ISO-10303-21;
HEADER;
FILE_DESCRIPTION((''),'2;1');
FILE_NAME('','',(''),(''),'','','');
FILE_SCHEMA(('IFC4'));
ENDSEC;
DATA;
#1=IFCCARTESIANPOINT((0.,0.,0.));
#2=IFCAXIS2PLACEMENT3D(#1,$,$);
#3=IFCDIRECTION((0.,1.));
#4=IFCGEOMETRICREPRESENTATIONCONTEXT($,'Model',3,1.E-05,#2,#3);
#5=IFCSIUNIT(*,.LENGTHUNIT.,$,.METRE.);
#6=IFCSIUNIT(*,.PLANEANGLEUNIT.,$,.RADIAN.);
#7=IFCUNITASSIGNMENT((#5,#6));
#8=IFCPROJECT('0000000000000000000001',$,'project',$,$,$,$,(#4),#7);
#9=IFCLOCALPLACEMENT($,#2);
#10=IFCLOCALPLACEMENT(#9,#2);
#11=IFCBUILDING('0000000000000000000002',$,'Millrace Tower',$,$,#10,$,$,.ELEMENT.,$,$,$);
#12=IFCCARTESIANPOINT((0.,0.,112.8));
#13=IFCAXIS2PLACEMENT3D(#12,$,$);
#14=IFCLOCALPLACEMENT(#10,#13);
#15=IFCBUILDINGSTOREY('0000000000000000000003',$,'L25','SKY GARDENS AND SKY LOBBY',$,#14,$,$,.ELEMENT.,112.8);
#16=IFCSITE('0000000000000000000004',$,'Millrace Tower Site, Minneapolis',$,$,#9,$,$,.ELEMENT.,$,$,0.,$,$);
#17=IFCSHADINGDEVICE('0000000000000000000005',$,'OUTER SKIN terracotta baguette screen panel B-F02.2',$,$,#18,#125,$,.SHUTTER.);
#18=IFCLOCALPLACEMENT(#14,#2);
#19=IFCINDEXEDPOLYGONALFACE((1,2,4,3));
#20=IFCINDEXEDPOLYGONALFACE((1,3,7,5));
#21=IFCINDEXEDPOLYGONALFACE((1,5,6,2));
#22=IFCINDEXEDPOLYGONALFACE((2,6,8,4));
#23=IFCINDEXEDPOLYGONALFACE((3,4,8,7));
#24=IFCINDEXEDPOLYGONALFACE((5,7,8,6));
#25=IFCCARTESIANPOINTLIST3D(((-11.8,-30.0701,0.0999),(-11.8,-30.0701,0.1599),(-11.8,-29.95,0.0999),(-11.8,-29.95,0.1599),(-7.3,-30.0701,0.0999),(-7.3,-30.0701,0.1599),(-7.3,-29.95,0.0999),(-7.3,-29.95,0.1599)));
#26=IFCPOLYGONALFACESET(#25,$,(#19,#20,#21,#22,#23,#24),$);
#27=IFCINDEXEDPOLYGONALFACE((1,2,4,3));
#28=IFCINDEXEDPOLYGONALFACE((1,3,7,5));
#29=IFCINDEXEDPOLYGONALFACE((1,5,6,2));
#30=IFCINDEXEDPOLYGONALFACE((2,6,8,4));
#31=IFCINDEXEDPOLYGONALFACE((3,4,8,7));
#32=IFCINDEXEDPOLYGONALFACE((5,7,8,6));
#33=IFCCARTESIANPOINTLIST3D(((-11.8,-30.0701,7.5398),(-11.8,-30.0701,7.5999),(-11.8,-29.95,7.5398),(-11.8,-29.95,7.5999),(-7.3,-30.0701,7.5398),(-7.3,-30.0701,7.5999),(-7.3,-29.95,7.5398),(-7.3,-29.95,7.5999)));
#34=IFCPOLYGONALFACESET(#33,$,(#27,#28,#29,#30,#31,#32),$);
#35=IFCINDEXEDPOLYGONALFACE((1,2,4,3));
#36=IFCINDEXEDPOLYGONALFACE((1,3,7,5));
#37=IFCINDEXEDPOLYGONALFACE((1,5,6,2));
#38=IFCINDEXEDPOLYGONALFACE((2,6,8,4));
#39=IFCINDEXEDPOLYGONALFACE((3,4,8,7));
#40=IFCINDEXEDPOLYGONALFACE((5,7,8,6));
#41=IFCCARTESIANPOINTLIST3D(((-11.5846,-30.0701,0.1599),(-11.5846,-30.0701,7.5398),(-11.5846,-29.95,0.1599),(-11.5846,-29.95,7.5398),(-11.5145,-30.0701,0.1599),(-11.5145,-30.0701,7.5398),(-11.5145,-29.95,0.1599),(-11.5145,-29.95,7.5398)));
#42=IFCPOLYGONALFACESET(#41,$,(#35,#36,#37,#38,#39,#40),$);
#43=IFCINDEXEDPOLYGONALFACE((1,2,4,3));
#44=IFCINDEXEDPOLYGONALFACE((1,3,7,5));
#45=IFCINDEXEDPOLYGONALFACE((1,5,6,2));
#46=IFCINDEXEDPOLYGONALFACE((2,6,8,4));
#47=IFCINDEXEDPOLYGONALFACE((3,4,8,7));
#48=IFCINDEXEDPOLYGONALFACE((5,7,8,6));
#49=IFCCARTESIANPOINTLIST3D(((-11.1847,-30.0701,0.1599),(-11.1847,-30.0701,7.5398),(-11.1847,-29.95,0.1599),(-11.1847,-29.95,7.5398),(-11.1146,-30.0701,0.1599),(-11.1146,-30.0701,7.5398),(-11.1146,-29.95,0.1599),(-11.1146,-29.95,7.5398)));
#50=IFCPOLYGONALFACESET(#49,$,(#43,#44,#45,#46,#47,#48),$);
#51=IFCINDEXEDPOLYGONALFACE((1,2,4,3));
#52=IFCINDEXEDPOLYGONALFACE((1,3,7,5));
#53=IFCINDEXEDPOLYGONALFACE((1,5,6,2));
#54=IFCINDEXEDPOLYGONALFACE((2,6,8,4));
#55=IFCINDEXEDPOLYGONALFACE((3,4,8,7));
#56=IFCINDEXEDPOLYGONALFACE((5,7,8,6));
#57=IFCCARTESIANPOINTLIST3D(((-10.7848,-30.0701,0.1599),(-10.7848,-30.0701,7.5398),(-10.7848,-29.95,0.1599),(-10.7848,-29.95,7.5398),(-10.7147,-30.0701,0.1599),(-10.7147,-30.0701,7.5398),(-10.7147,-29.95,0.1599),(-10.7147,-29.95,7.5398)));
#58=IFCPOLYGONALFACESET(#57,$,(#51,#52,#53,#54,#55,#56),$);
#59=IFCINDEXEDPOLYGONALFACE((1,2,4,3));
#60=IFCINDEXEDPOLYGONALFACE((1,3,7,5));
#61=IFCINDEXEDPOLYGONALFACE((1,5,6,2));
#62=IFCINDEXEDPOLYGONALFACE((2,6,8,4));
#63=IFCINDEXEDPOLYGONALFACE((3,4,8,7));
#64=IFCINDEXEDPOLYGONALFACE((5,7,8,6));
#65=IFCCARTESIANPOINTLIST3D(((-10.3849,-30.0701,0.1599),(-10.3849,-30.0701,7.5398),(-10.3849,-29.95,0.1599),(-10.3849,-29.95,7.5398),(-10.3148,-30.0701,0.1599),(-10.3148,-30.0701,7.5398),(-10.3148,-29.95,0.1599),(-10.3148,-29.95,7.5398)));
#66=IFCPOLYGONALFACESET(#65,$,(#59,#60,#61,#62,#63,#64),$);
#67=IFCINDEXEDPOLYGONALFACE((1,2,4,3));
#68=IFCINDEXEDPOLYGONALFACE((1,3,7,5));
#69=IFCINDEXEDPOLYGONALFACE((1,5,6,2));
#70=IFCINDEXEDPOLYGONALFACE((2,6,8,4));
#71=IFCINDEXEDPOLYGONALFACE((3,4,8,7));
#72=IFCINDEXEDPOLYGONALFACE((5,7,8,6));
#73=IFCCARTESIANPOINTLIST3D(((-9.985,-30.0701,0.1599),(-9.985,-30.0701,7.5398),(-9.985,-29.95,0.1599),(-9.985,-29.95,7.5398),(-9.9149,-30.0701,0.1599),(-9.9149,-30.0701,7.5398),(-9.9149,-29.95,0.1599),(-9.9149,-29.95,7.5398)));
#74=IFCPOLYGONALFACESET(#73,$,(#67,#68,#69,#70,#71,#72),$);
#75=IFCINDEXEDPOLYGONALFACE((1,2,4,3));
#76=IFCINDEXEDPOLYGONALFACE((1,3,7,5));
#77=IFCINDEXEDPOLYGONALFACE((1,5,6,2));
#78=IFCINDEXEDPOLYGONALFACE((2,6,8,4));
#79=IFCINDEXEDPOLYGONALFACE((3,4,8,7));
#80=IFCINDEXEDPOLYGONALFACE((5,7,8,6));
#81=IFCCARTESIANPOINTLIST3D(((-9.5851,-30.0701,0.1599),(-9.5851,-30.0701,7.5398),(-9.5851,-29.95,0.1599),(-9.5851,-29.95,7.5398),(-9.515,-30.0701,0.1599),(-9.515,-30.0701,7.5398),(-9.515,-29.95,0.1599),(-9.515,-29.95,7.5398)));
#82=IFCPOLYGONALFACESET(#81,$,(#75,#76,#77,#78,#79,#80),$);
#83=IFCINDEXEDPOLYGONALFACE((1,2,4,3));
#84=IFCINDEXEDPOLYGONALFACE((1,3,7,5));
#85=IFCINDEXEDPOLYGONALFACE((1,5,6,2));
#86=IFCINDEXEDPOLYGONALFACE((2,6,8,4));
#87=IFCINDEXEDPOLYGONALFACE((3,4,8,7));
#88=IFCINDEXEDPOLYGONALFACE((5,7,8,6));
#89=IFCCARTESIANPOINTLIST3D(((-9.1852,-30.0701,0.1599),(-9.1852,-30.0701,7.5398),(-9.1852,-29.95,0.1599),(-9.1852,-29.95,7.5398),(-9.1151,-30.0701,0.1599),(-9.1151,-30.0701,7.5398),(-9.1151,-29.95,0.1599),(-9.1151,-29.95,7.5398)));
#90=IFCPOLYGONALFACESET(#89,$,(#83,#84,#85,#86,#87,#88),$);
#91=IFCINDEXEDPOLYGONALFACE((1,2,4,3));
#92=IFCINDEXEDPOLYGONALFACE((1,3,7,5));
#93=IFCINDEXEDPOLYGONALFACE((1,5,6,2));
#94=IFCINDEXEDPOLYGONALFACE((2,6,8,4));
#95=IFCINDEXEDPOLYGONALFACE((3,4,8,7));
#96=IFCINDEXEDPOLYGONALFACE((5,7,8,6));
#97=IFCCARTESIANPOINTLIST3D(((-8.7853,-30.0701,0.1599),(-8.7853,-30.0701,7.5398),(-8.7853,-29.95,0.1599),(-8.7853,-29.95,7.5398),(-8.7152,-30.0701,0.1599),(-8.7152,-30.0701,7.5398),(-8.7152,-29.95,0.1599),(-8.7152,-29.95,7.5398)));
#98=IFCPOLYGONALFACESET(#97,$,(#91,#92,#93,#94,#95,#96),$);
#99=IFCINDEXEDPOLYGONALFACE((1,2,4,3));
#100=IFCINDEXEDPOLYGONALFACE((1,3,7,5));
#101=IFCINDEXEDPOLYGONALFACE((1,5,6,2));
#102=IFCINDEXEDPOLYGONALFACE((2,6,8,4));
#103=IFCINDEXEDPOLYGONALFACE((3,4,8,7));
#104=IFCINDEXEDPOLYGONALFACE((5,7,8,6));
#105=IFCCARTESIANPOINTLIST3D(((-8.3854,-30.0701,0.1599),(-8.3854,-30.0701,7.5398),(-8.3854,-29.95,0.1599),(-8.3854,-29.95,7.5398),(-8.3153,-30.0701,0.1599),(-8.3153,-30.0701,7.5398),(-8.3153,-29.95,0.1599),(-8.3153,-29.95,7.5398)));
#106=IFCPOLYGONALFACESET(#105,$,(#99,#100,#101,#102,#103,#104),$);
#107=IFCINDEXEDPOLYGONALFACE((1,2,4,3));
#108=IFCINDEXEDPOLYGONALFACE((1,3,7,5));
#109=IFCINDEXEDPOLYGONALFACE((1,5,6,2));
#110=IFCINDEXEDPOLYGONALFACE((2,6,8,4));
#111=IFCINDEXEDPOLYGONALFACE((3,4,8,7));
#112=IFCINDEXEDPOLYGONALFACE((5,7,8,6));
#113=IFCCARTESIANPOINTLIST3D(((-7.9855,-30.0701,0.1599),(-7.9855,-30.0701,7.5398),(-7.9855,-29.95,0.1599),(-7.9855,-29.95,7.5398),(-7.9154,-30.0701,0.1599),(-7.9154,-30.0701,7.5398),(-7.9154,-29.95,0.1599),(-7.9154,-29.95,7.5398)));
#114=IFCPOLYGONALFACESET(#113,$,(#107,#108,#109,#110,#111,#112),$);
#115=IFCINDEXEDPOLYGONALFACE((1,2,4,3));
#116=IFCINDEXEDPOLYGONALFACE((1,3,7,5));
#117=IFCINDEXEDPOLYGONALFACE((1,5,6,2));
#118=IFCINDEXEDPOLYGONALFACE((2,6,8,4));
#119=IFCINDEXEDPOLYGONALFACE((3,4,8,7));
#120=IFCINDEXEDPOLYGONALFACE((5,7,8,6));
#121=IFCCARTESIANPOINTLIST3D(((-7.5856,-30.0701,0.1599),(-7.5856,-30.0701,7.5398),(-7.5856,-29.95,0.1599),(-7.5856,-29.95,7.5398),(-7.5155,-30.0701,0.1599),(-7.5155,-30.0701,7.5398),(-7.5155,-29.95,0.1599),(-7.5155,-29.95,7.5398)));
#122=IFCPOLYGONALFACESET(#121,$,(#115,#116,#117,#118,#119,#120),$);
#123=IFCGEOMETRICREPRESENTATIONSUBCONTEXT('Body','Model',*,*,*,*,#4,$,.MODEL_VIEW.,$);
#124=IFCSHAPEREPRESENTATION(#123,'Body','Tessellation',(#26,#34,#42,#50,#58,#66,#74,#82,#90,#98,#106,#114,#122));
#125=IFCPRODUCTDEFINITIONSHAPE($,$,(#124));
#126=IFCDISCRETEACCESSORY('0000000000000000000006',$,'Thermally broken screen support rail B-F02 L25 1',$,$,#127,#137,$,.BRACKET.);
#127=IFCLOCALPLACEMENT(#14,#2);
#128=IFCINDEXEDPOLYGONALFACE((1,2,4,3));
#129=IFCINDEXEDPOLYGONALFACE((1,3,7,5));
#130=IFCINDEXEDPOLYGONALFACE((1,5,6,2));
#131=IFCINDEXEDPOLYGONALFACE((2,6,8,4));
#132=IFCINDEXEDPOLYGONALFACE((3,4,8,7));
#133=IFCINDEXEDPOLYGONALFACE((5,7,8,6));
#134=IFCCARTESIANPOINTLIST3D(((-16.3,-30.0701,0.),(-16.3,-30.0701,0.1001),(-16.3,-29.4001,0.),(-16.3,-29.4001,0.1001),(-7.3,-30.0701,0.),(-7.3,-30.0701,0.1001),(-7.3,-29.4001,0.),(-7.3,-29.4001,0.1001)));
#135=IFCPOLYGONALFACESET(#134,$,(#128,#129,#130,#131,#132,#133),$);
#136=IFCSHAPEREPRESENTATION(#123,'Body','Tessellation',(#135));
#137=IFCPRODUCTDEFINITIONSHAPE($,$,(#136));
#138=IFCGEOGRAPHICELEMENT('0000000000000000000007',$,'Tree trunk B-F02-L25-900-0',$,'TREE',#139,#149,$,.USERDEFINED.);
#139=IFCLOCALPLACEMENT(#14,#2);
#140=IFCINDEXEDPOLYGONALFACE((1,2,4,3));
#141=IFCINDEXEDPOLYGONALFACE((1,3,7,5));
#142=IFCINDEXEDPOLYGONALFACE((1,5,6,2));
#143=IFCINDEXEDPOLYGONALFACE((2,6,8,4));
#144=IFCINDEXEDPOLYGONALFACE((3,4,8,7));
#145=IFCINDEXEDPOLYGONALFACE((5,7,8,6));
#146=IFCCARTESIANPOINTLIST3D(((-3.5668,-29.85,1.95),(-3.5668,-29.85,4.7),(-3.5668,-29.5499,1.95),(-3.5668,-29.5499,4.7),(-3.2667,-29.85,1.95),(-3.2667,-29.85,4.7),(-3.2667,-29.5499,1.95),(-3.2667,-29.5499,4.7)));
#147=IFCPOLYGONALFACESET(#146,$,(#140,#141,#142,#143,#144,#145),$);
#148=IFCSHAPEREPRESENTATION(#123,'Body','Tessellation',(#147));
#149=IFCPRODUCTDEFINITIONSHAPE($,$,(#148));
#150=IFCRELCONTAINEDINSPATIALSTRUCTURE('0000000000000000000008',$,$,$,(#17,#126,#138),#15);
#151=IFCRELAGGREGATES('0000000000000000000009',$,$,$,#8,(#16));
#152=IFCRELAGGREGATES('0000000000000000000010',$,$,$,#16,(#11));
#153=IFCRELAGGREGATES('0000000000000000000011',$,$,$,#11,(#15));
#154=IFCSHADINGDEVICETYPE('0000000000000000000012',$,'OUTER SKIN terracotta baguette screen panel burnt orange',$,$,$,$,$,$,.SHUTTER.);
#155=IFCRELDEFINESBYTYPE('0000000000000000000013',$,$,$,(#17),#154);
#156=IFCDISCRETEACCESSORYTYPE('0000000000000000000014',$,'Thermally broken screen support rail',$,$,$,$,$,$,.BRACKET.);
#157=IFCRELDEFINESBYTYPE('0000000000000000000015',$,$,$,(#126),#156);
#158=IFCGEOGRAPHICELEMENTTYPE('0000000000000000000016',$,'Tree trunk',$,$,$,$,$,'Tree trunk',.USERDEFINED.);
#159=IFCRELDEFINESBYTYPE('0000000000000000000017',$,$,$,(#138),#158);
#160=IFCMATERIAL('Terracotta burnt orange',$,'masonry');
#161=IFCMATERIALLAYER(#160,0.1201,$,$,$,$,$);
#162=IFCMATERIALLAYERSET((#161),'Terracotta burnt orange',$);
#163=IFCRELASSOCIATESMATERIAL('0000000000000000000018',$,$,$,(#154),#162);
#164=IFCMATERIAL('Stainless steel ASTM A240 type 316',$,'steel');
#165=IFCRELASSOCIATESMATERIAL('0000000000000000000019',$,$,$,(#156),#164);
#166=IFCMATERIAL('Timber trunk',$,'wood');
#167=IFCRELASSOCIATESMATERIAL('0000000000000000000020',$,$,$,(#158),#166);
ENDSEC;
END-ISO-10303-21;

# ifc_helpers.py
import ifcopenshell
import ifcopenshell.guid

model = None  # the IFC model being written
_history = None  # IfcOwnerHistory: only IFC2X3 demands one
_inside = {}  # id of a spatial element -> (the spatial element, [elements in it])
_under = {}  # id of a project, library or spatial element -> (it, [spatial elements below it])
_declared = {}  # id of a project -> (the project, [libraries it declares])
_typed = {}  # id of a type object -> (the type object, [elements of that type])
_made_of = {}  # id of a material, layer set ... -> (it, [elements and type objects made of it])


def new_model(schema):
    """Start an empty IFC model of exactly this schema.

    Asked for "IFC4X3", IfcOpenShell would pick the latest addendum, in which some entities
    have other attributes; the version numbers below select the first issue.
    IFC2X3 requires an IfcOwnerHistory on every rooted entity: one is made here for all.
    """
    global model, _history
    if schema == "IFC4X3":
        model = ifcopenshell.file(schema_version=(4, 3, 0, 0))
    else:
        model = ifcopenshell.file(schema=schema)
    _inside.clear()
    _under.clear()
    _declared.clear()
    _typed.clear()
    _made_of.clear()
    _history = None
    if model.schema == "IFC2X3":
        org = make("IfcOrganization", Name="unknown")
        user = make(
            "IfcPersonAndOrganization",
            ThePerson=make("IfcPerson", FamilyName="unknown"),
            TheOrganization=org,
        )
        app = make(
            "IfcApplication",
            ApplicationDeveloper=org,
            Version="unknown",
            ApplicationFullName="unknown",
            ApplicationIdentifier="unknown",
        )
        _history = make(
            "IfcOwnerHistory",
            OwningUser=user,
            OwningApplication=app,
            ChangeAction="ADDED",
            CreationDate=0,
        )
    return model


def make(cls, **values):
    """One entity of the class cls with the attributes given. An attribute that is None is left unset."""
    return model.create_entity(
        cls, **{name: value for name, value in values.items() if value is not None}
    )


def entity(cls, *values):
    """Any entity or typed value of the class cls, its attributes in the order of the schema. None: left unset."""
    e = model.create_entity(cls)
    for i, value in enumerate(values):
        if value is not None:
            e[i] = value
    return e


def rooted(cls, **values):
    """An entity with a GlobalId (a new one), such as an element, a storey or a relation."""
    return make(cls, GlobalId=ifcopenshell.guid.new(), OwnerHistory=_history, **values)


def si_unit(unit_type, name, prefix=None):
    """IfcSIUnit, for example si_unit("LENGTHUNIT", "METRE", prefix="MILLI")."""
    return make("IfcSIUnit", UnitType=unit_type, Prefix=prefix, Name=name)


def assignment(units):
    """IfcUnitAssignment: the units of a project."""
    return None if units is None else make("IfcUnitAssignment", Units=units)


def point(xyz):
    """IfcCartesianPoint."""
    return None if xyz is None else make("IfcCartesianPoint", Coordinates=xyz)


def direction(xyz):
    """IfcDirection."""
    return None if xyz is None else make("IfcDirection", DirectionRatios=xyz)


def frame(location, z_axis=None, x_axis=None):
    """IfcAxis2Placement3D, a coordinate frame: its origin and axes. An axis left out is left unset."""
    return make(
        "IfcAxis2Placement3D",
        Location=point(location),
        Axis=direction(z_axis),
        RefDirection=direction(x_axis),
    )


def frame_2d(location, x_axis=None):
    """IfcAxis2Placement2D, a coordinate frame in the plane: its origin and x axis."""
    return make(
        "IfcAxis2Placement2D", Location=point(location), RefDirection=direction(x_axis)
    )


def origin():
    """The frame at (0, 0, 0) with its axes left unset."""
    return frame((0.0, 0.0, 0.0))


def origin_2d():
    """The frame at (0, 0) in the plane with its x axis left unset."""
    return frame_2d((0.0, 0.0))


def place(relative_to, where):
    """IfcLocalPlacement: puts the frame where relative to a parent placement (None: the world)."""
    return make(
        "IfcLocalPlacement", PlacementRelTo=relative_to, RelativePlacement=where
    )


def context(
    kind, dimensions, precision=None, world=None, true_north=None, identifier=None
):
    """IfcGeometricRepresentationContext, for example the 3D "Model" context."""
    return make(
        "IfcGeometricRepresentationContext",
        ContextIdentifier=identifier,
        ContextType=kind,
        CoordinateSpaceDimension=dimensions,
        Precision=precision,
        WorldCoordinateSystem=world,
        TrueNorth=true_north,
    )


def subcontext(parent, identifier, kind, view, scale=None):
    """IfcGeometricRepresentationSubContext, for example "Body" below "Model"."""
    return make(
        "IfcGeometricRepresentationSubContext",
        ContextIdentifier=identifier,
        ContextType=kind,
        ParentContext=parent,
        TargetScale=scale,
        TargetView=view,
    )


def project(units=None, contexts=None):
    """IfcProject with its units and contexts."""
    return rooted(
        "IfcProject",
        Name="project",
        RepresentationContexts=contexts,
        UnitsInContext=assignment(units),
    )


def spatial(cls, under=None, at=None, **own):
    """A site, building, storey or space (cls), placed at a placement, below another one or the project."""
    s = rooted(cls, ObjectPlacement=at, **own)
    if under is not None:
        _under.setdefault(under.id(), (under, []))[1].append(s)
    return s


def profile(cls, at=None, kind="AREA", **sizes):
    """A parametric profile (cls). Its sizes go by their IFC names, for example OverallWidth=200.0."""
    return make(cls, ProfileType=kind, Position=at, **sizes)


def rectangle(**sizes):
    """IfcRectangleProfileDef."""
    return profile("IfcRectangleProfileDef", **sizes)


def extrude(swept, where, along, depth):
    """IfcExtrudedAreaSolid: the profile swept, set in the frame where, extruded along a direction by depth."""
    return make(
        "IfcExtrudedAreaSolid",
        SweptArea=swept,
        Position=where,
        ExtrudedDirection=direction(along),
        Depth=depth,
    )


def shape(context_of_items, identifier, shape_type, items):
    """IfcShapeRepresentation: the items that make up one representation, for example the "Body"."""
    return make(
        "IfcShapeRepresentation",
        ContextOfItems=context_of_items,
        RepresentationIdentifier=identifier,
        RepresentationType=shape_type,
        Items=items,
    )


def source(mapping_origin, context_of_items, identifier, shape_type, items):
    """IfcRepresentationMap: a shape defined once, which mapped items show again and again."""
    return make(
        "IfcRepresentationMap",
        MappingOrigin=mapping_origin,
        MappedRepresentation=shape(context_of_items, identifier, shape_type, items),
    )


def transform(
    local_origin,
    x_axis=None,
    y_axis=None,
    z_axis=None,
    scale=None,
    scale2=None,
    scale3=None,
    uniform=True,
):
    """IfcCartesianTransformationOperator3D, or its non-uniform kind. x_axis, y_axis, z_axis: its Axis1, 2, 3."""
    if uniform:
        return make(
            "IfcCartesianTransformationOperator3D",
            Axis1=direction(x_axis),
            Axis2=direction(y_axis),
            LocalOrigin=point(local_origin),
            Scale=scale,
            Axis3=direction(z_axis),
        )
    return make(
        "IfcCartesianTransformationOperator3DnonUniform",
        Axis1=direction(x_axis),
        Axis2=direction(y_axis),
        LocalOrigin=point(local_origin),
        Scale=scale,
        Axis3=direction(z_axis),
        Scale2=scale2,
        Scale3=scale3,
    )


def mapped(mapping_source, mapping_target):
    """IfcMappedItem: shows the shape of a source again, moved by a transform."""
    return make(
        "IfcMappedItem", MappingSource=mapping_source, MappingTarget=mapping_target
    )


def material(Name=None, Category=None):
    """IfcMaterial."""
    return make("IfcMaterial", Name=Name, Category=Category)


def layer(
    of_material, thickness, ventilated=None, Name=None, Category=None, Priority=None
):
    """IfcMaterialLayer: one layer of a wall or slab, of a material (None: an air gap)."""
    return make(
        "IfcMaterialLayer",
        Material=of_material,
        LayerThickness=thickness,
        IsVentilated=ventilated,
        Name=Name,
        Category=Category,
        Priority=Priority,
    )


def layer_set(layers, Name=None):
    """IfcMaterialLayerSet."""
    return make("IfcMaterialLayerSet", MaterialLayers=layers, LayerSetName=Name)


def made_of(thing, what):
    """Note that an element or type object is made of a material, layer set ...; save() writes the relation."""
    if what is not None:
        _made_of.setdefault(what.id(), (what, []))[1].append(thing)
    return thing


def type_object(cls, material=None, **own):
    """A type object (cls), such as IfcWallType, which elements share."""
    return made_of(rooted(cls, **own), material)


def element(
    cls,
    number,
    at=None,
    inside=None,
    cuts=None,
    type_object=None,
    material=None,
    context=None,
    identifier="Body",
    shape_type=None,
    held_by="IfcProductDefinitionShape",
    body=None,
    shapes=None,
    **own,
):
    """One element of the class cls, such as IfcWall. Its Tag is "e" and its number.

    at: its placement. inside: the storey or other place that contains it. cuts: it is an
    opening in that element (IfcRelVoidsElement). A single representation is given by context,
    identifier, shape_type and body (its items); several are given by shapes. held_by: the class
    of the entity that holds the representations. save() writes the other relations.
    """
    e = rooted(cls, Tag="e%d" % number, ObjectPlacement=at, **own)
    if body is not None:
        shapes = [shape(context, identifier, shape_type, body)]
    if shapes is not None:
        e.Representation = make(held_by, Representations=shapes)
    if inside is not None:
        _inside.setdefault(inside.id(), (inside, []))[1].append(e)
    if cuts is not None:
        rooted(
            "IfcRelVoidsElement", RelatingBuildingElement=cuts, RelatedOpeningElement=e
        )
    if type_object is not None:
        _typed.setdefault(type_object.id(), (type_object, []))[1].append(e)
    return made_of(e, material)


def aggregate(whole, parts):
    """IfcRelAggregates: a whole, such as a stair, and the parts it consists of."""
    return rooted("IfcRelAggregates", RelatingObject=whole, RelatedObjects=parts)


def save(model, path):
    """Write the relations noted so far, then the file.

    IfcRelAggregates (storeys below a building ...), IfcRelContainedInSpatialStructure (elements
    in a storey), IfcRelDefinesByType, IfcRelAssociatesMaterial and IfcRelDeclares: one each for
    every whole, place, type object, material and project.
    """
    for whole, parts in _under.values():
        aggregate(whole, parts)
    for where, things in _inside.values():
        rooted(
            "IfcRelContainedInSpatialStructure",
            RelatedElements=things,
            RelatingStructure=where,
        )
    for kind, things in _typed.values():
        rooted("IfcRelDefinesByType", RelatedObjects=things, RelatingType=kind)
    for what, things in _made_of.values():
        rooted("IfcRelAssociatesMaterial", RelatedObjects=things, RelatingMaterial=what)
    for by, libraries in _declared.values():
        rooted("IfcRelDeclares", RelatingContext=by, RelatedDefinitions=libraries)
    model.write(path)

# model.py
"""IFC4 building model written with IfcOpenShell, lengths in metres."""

from ifc_helpers import new_model, entity, si_unit, direction, frame, frame_2d, origin, origin_2d, place, context, subcontext, project, spatial, rectangle, extrude, source, transform, mapped, material, layer, layer_set, type_object, element, save


model = new_model("IFC4")

# Units and contexts
model_context = context("Model", 3, precision=1e-05, world=origin(), true_north=direction((0.0, 1.0)))
body_context = subcontext(model_context, "Body", "Model", "MODEL_VIEW")
ifc_project = project(units=[si_unit("LENGTHUNIT", "METRE"), si_unit("PLANEANGLEUNIT", "RADIAN")], contexts=[model_context])

# Site, building, storey
site_placement = place(None, origin())
site = spatial("IfcSite", under=ifc_project, at=site_placement, Name="Millrace Tower Site, Minneapolis", CompositionType="ELEMENT", RefElevation=0.0)
building_placement = place(site_placement, origin())
building = spatial("IfcBuilding", under=site, at=building_placement, Name="Millrace Tower", CompositionType="ELEMENT")
storey_placement = place(building_placement, frame((0.0, 0.0, 112.8)))
storey = spatial("IfcBuildingStorey", under=building, at=storey_placement, Name="L25", Description="SKY GARDENS AND SKY LOBBY", CompositionType="ELEMENT", Elevation=112.8)

# Shading device
ifc_material_1 = material(Name="Terracotta burnt orange", Category="masonry")
ifc_layer_1 = layer(ifc_material_1, 0.1201)
ifc_layer_set_1 = layer_set([ifc_layer_1], Name="Terracotta burnt orange")
shading_device_type = type_object("IfcShadingDeviceType", Name="OUTER SKIN terracotta baguette screen panel burnt orange", PredefinedType="SHUTTER", material=ifc_layer_set_1)
cartesian_point_1 = entity("IfcCartesianPoint", [-2.25, 0.0601])
shared_polyline_1 = entity("IfcPolyline", [cartesian_point_1, entity("IfcCartesianPoint", [2.25, 0.0601]), entity("IfcCartesianPoint", [2.25, -0.0601]), entity("IfcCartesianPoint", [-2.25, -0.0601]), cartesian_point_1])
shared_shape_1 = source(origin(), body_context, "Body", "SweptSolid", [
    entity("IfcExtrudedAreaSolid", entity("IfcArbitraryClosedProfileDef", "AREA", None, shared_polyline_1), entity("IfcAxis2Placement3D", entity("IfcCartesianPoint", [0.0, 0.0, 0.0])), entity("IfcDirection", [0.0, 0.0, 1.0]), 0.0601),
    entity("IfcExtrudedAreaSolid", entity("IfcArbitraryClosedProfileDef", "AREA", None, shared_polyline_1), entity("IfcAxis2Placement3D", entity("IfcCartesianPoint", [0.0, 0.0, 7.4399])), entity("IfcDirection", [0.0, 0.0, 1.0]), 0.0601),
    extrude(rectangle(XDim=0.0701, YDim=0.1201, at=frame_2d((-1.9995, 0.0))), frame((0.0, 0.0, 0.0601)), (0.0, 0.0, 1.0), 7.3799),
    extrude(rectangle(XDim=0.0701, YDim=0.1201, at=frame_2d((-1.5996, 0.0))), frame((0.0, 0.0, 0.0601)), (0.0, 0.0, 1.0), 7.3799),
    extrude(rectangle(XDim=0.0701, YDim=0.1201, at=frame_2d((-1.1997, 0.0))), frame((0.0, 0.0, 0.0601)), (0.0, 0.0, 1.0), 7.3799),
    extrude(rectangle(XDim=0.0701, YDim=0.1201, at=frame_2d((-0.7998, 0.0))), frame((0.0, 0.0, 0.0601)), (0.0, 0.0, 1.0), 7.3799),
    extrude(rectangle(XDim=0.0701, YDim=0.1201, at=frame_2d((-0.3999, 0.0))), frame((0.0, 0.0, 0.0601)), (0.0, 0.0, 1.0), 7.3799),
    extrude(rectangle(XDim=0.0701, YDim=0.1201, at=origin_2d()), frame((0.0, 0.0, 0.0601)), (0.0, 0.0, 1.0), 7.3799),
    extrude(rectangle(XDim=0.0701, YDim=0.1201, at=frame_2d((0.3999, 0.0))), frame((0.0, 0.0, 0.0601)), (0.0, 0.0, 1.0), 7.3799),
    extrude(rectangle(XDim=0.0701, YDim=0.1201, at=frame_2d((0.7998, 0.0))), frame((0.0, 0.0, 0.0601)), (0.0, 0.0, 1.0), 7.3799),
    extrude(rectangle(XDim=0.0701, YDim=0.1201, at=frame_2d((1.1997, 0.0))), frame((0.0, 0.0, 0.0601)), (0.0, 0.0, 1.0), 7.3799),
    extrude(rectangle(XDim=0.0701, YDim=0.1201, at=frame_2d((1.5996, 0.0))), frame((0.0, 0.0, 0.0601)), (0.0, 0.0, 1.0), 7.3799),
    extrude(rectangle(XDim=0.0701, YDim=0.1201, at=frame_2d((1.9995, 0.0))), frame((0.0, 0.0, 0.0601)), (0.0, 0.0, 1.0), 7.3799),
])
shading_device_1_placement = place(storey_placement, frame((-9.55, -30.01, 0.0999), z_axis=(0.0, 0.0, 1.0), x_axis=(1.0, 0.0, 0.0)))
element("IfcShadingDevice", 1, at=shading_device_1_placement, inside=storey, type_object=shading_device_type, Name="OUTER SKIN terracotta baguette screen panel B-F02.2", PredefinedType="SHUTTER", context=body_context, shape_type="MappedRepresentation", body=[
    mapped(shared_shape_1, transform((0.0, 0.0, 0.0), scale=1.0)),
])

# Discrete accessory
ifc_material_2 = material(Name="Stainless steel ASTM A240 type 316", Category="steel")
discrete_accessory_type = type_object("IfcDiscreteAccessoryType", Name="Thermally broken screen support rail", PredefinedType="BRACKET", material=ifc_material_2)
discrete_accessory_placement = place(storey_placement, frame((-11.8, -29.7351, 0.0), z_axis=(0.0, 0.0, 1.0), x_axis=(1.0, 0.0, 0.0)))
element("IfcDiscreteAccessory", 2, at=discrete_accessory_placement, inside=storey, type_object=discrete_accessory_type, Name="Thermally broken screen support rail B-F02 L25 1", PredefinedType="BRACKET", context=body_context, shape_type="SweptSolid", body=[
    extrude(rectangle(XDim=9.0, YDim=0.6699, at=origin_2d()), origin(), (0.0, 0.0, 1.0), 0.1001),
])

# Geographic element
ifc_material_3 = material(Name="Timber trunk", Category="wood")
geographic_element_type = type_object("IfcGeographicElementType", Name="Tree trunk", ElementType="Tree trunk", PredefinedType="USERDEFINED", material=ifc_material_3)
geographic_element_placement = place(storey_placement, frame((-3.4167, -29.7, 1.95), z_axis=(0.0, 0.0, 1.0), x_axis=(1.0, 0.0, 0.0)))
element("IfcGeographicElement", 3, at=geographic_element_placement, inside=storey, type_object=geographic_element_type, Name="Tree trunk B-F02-L25-900-0", ObjectType="TREE", PredefinedType="USERDEFINED", context=body_context, shape_type="SweptSolid", body=[
    extrude(rectangle(XDim=0.3, YDim=0.3, at=origin_2d()), origin(), (0.0, 0.0, 1.0), 2.75),
])

save(model, "model.ifc")
